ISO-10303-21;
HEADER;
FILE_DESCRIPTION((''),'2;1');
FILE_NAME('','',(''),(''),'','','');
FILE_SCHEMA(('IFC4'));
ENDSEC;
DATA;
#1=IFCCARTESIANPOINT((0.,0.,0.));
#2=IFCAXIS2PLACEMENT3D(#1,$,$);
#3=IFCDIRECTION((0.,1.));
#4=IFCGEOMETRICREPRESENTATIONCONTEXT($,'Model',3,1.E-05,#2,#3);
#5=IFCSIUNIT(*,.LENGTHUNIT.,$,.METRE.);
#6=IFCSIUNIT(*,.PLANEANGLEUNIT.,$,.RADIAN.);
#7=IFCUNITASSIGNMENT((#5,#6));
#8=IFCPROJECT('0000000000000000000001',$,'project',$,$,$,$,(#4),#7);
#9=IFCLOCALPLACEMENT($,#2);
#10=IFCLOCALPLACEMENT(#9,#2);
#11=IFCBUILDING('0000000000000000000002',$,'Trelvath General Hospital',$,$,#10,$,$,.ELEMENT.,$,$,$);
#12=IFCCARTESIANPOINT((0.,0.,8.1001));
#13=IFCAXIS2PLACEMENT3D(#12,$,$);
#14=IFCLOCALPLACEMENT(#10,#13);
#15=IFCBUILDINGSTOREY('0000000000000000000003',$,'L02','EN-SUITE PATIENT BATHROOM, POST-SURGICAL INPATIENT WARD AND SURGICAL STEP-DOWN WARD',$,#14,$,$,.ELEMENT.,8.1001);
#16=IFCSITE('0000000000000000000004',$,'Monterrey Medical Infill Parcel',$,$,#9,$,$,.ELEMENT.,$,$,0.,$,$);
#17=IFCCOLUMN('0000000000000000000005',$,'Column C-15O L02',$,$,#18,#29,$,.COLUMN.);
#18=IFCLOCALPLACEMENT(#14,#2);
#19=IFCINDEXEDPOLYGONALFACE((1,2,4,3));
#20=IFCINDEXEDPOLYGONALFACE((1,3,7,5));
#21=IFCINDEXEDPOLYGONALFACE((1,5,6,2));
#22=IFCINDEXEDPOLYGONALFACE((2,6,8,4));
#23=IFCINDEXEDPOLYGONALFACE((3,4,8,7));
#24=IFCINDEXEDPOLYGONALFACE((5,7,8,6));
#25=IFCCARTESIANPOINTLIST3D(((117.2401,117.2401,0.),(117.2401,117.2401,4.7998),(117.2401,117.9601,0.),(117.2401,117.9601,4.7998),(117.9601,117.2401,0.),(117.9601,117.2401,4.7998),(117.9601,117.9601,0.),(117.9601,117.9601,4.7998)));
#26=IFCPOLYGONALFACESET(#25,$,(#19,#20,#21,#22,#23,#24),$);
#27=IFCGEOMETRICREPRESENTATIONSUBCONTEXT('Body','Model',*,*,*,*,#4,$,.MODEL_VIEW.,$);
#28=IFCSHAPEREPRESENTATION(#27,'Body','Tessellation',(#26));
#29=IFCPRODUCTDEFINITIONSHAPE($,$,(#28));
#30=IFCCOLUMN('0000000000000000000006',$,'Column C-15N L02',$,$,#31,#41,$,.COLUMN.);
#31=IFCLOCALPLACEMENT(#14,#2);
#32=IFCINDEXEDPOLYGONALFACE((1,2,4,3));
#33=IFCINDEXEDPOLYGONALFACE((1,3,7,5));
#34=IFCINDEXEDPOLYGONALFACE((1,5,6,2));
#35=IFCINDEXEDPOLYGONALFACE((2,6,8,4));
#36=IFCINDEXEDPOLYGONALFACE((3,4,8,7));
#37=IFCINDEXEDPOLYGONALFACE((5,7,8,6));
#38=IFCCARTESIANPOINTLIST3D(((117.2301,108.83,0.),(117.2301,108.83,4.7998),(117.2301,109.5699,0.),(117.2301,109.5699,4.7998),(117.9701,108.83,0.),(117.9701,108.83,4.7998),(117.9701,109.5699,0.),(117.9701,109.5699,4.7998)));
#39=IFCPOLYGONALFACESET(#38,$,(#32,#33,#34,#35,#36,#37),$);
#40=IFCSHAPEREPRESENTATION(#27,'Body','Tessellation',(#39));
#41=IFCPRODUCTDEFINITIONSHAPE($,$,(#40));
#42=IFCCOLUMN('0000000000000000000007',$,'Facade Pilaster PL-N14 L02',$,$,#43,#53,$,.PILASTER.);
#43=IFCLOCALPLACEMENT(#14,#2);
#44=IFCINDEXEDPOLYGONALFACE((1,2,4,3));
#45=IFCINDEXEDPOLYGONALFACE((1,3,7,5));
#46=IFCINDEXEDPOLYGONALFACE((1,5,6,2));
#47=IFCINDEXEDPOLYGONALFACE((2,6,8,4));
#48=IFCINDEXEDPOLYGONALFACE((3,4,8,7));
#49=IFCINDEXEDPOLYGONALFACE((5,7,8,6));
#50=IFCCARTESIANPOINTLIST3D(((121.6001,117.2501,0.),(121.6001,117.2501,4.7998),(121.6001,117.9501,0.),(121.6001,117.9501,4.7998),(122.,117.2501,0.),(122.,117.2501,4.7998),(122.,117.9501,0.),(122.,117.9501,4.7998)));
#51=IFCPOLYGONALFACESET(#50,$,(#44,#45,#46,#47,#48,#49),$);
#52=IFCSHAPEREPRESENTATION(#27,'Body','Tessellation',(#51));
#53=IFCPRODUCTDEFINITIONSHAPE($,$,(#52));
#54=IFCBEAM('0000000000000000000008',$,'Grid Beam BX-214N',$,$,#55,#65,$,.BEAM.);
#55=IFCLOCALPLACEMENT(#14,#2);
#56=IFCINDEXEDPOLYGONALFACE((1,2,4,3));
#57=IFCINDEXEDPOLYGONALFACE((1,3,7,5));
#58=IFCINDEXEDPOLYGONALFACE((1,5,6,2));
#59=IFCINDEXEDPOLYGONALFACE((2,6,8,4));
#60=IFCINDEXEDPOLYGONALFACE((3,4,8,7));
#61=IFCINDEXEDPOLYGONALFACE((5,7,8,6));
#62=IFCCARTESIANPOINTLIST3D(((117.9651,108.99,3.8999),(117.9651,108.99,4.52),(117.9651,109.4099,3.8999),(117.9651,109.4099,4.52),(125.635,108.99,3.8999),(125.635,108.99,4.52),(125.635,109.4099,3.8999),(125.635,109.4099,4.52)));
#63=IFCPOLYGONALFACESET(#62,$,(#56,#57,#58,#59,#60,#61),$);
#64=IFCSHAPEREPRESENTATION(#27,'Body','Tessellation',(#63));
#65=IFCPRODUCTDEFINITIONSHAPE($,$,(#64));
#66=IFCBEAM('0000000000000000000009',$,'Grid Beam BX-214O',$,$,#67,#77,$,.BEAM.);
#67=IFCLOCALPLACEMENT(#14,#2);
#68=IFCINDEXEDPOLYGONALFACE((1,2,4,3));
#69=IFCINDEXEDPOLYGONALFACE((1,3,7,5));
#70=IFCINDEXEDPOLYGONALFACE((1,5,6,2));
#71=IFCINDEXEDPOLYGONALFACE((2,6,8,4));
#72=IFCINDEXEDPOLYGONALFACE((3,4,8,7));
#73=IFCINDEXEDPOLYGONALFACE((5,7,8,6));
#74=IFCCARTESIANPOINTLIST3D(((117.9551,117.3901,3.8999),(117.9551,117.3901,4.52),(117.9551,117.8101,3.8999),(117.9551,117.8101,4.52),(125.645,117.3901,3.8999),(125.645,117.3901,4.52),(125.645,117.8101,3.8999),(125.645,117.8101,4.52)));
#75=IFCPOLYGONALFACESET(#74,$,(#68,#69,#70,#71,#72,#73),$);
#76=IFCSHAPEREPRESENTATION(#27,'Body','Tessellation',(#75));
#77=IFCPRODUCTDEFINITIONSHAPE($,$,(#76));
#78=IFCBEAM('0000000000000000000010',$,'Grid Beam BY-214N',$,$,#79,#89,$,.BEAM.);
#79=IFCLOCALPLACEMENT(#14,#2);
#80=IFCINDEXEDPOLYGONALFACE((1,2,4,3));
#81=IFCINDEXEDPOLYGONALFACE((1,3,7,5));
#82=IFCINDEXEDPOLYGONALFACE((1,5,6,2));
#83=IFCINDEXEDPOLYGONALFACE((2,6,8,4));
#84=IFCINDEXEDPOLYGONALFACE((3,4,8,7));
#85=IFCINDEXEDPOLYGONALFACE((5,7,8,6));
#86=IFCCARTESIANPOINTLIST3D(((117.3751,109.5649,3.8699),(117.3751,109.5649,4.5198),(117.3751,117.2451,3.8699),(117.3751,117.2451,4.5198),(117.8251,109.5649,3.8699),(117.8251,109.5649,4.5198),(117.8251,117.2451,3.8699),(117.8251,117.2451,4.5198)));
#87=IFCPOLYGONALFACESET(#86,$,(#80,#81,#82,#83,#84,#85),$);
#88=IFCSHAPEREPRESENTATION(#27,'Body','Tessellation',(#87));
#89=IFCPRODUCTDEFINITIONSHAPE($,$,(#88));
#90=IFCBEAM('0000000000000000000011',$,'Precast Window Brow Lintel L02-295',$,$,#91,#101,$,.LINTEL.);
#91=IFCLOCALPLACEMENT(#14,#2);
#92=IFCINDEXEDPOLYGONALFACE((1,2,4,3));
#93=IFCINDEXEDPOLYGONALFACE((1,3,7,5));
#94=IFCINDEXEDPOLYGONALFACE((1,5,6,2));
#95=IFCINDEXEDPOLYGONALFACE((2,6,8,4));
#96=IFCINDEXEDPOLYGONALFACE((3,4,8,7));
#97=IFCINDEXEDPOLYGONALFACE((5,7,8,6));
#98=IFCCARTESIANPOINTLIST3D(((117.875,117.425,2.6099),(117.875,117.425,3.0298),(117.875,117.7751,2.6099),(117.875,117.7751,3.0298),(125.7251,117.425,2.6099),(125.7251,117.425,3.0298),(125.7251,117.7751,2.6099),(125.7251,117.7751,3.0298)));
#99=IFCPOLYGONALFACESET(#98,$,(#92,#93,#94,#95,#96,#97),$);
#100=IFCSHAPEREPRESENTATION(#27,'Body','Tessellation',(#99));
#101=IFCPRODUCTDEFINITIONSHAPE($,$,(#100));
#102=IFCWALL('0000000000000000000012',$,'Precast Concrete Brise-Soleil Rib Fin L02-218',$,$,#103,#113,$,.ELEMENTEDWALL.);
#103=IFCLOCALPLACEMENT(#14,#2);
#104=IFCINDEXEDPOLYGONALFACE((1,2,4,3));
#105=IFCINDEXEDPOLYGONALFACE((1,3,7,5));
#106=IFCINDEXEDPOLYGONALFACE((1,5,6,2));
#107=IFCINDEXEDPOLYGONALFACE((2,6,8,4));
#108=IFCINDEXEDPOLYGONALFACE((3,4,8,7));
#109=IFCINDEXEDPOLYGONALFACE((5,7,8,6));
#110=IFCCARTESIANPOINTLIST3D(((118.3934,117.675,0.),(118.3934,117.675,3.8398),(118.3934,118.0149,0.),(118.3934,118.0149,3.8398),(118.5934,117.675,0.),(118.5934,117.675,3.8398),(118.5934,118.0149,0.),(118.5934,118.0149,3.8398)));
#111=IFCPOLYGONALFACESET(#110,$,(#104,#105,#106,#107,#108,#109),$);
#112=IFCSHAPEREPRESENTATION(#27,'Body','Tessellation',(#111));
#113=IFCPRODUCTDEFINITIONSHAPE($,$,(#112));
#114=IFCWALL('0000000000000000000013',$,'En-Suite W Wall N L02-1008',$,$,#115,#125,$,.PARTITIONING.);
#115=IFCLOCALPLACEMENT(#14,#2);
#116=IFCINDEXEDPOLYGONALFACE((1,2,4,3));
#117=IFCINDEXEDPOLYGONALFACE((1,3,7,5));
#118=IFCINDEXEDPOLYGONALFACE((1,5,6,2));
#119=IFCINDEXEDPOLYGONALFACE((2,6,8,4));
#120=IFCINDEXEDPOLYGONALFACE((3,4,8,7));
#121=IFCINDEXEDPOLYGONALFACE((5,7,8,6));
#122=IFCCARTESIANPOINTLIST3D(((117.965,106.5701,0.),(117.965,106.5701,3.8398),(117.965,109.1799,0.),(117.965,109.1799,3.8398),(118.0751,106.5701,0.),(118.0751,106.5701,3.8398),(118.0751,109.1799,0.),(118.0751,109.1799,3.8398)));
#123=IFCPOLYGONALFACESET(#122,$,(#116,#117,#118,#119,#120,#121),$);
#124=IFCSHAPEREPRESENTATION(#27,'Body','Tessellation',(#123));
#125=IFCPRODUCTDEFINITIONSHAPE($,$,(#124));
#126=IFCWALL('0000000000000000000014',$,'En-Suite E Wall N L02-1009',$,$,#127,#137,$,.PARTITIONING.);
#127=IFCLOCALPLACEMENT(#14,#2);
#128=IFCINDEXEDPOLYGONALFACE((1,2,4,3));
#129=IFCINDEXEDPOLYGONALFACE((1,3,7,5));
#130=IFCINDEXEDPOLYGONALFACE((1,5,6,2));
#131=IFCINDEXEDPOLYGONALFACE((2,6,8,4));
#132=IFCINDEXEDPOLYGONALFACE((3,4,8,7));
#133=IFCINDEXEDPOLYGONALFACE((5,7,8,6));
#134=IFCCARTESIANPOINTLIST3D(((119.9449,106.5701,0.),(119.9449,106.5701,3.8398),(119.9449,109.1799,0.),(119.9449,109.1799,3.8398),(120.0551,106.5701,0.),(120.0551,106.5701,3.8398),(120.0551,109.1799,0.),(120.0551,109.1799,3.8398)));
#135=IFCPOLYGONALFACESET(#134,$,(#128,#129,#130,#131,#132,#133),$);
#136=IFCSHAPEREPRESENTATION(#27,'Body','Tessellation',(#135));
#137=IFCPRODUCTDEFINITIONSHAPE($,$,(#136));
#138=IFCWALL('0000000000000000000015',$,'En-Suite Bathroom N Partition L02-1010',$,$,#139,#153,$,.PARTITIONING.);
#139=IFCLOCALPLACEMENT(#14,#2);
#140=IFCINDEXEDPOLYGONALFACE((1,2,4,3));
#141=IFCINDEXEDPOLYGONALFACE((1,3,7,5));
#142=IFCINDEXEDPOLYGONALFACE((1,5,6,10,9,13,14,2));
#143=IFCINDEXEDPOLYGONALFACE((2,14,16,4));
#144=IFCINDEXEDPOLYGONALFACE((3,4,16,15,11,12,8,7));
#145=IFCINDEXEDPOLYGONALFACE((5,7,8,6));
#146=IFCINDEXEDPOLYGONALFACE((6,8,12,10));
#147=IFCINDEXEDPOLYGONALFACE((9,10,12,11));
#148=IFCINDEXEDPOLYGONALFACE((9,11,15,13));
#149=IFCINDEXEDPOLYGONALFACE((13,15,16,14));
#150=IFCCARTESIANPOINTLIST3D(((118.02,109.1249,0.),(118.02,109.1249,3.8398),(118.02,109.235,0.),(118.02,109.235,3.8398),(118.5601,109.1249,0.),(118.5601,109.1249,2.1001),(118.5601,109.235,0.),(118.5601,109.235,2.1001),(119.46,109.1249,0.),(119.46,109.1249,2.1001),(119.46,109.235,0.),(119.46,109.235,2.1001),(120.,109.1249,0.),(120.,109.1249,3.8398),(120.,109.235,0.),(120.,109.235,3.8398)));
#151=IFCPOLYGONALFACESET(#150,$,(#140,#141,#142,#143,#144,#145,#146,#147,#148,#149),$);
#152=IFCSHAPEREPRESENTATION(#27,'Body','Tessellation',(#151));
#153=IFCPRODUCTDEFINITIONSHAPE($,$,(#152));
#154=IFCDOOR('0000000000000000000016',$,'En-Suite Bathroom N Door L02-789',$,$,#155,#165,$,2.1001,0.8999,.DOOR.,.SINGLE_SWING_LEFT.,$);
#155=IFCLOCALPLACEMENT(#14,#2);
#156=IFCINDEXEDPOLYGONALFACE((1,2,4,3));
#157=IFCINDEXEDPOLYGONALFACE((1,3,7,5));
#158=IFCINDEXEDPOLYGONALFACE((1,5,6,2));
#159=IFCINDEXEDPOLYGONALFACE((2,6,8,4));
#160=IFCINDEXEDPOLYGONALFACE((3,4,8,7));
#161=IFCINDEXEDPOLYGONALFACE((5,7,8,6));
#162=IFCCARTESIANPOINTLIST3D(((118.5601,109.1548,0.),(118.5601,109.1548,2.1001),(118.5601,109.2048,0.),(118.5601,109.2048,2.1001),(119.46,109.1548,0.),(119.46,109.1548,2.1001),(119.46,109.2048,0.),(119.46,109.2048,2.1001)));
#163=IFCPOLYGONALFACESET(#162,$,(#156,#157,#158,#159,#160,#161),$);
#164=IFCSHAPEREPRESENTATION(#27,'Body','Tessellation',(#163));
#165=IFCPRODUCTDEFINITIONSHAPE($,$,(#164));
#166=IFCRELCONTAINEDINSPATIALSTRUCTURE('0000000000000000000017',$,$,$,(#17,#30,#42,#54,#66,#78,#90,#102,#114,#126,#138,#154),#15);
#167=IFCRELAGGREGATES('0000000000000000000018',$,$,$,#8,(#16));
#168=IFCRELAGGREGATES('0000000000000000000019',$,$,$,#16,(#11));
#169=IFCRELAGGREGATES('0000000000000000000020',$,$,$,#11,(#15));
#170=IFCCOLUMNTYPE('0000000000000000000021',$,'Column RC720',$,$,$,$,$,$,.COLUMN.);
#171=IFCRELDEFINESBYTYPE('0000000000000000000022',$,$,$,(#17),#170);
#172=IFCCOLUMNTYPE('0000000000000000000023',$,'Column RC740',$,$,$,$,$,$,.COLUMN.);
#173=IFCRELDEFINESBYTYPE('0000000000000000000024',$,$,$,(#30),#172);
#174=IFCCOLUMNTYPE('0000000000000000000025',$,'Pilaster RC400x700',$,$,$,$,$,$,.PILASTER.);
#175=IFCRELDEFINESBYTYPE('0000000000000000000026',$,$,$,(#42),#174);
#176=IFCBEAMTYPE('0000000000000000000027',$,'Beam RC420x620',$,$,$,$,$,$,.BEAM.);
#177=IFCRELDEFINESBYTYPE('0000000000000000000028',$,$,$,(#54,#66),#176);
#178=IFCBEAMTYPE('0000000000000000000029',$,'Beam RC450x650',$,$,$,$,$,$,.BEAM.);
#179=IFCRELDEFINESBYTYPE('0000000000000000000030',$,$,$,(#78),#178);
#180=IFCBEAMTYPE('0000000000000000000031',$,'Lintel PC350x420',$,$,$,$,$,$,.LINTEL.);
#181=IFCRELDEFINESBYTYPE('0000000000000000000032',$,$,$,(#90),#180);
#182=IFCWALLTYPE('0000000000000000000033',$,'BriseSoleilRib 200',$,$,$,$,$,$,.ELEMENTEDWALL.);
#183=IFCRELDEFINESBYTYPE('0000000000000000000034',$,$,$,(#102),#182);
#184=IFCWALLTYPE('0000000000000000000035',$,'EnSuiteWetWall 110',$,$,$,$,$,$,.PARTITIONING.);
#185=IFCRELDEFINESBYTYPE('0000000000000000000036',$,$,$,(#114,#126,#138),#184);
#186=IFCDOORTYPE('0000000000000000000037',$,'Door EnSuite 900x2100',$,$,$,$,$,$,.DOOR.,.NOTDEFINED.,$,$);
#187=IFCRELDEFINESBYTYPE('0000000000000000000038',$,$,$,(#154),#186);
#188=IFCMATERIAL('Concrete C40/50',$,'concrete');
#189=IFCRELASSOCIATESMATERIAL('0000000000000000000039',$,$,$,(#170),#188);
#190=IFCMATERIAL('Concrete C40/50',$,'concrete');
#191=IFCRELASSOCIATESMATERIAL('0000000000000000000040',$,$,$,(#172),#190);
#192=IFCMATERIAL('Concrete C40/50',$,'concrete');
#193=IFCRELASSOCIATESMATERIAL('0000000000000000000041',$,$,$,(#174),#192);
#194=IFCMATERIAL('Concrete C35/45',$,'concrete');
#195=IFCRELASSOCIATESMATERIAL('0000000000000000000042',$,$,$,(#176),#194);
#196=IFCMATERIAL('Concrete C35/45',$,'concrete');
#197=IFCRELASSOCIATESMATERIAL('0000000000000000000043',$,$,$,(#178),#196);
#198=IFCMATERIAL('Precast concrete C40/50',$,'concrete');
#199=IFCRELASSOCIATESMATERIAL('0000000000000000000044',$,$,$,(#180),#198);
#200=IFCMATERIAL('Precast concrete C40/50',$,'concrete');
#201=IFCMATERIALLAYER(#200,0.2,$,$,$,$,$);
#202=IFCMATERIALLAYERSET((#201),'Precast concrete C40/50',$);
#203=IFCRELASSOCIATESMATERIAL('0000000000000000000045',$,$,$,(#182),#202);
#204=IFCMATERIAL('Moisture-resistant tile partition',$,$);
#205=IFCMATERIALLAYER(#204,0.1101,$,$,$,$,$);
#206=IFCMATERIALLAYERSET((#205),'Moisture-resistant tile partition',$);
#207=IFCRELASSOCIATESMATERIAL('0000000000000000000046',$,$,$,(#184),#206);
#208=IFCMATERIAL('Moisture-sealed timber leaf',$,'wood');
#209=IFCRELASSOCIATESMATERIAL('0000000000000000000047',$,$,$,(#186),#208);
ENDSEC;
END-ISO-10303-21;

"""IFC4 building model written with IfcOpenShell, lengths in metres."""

from ifc_helpers import new_model, si_unit, direction, frame, frame_2d, origin, origin_2d, place, context, subcontext, project, spatial, rectangle, extrude, material, layer, layer_set, material_profile, profile_set, type_object, element, fill, save


model = new_model("IFC4")

# Units and contexts
model_context = context("Model", 3, precision=1e-05, world=origin(), true_north=direction((0.0, 1.0)))
body_context = subcontext(model_context, "Body", "Model", "MODEL_VIEW")
ifc_project = project(units=[si_unit("LENGTHUNIT", "METRE"), si_unit("PLANEANGLEUNIT", "RADIAN")], contexts=[model_context])

# Site, building, storey
site_placement = place(None, origin())
site = spatial("IfcSite", under=ifc_project, at=site_placement, Name="Monterrey Medical Infill Parcel", CompositionType="ELEMENT", RefElevation=0.0)
building_placement = place(site_placement, origin())
building = spatial("IfcBuilding", under=site, at=building_placement, Name="Trelvath General Hospital", CompositionType="ELEMENT")
storey_placement = place(building_placement, frame((0.0, 0.0, 8.1001)))
storey = spatial("IfcBuildingStorey", under=building, at=storey_placement, Name="L02", Description="EN-SUITE PATIENT BATHROOM, POST-SURGICAL INPATIENT WARD AND SURGICAL STEP-DOWN WARD", CompositionType="ELEMENT", Elevation=8.1001)

# Columns
ifc_material_1 = material(Name="Concrete C40/50", Category="concrete")
ifc_material_profile_1 = material_profile(ifc_material_1, rectangle(XDim=0.72, YDim=0.72, at=origin_2d()), Name="RC720x720")
ifc_profile_set_1 = profile_set([ifc_material_profile_1], Name="Concrete C40/50")
column_type_1 = type_object("IfcColumnType", Name="Column RC720", PredefinedType="COLUMN", material=ifc_profile_set_1)
column_1_placement = place(storey_placement, frame((117.6001, 117.6001, 0.0), z_axis=(0.0, 0.0, 1.0), x_axis=(1.0, 0.0, 0.0)))
element("IfcColumn", 1, at=column_1_placement, inside=storey, type_object=column_type_1, Name="Column C-15O L02", PredefinedType="COLUMN", context=body_context, shape_type="SweptSolid", body=[
    extrude(rectangle(XDim=0.72, YDim=0.72, at=origin_2d()), origin(), (0.0, 0.0, 1.0), 4.7998),
])
ifc_material_2 = material(Name="Concrete C40/50", Category="concrete")
ifc_material_profile_2 = material_profile(ifc_material_2, rectangle(XDim=0.74, YDim=0.74, at=origin_2d()), Name="RC740x740")
ifc_profile_set_2 = profile_set([ifc_material_profile_2], Name="Concrete C40/50")
column_type_2 = type_object("IfcColumnType", Name="Column RC740", PredefinedType="COLUMN", material=ifc_profile_set_2)
column_2_placement = place(storey_placement, frame((117.6001, 109.2, 0.0), z_axis=(0.0, 0.0, 1.0), x_axis=(1.0, 0.0, 0.0)))
element("IfcColumn", 2, at=column_2_placement, inside=storey, type_object=column_type_2, Name="Column C-15N L02", PredefinedType="COLUMN", context=body_context, shape_type="SweptSolid", body=[
    extrude(rectangle(XDim=0.74, YDim=0.74, at=origin_2d()), origin(), (0.0, 0.0, 1.0), 4.7998),
])
ifc_material_3 = material(Name="Concrete C40/50", Category="concrete")
ifc_material_profile_3 = material_profile(ifc_material_3, rectangle(XDim=0.3999, YDim=0.7, at=origin_2d()), Name="RC400x700")
ifc_profile_set_3 = profile_set([ifc_material_profile_3], Name="Concrete C40/50")
column_type_3 = type_object("IfcColumnType", Name="Pilaster RC400x700", PredefinedType="PILASTER", material=ifc_profile_set_3)
column_3_placement = place(storey_placement, frame((121.8, 117.6001, 0.0), z_axis=(0.0, 0.0, 1.0), x_axis=(1.0, 0.0, 0.0)))
element("IfcColumn", 3, at=column_3_placement, inside=storey, type_object=column_type_3, Name="Facade Pilaster PL-N14 L02", PredefinedType="PILASTER", context=body_context, shape_type="SweptSolid", body=[
    extrude(rectangle(XDim=0.3999, YDim=0.7, at=origin_2d()), origin(), (0.0, 0.0, 1.0), 4.7998),
])

# Beams
ifc_material_4 = material(Name="Concrete C35/45", Category="concrete")
ifc_material_profile_4 = material_profile(ifc_material_4, rectangle(XDim=0.4199, YDim=0.6201, at=origin_2d()), Name="RCB420x620")
ifc_profile_set_4 = profile_set([ifc_material_profile_4], Name="Concrete C35/45")
beam_type_1 = type_object("IfcBeamType", Name="Beam RC420x620", PredefinedType="BEAM", material=ifc_profile_set_4)
beam_1_placement = place(storey_placement, frame((117.9651, 109.2, 4.21), z_axis=(1.0, 0.0, 0.0), x_axis=(0.0, 1.0, 0.0)))
element("IfcBeam", 4, at=beam_1_placement, inside=storey, type_object=beam_type_1, Name="Grid Beam BX-214N", PredefinedType="BEAM", context=body_context, shape_type="SweptSolid", body=[
    extrude(rectangle(XDim=0.4199, YDim=0.6201, at=origin_2d()), origin(), (0.0, 0.0, 1.0), 7.6699),
])
beam_2_placement = place(storey_placement, frame((117.9551, 117.6001, 4.21), z_axis=(1.0, 0.0, 0.0), x_axis=(0.0, 1.0, 0.0)))
element("IfcBeam", 5, at=beam_2_placement, inside=storey, type_object=beam_type_1, Name="Grid Beam BX-214O", PredefinedType="BEAM", context=body_context, shape_type="SweptSolid", body=[
    extrude(rectangle(XDim=0.4199, YDim=0.6201, at=origin_2d()), origin(), (0.0, 0.0, 1.0), 7.6899),
])
ifc_material_5 = material(Name="Concrete C35/45", Category="concrete")
ifc_material_profile_5 = material_profile(ifc_material_5, rectangle(XDim=0.45, YDim=0.6499, at=origin_2d()), Name="RCB450x650")
ifc_profile_set_5 = profile_set([ifc_material_profile_5], Name="Concrete C35/45")
beam_type_2 = type_object("IfcBeamType", Name="Beam RC450x650", PredefinedType="BEAM", material=ifc_profile_set_5)
beam_3_placement = place(storey_placement, frame((117.6001, 109.5649, 4.1948), z_axis=(0.0, 1.0, 0.0), x_axis=(-1.0, 0.0, 0.0)))
element("IfcBeam", 6, at=beam_3_placement, inside=storey, type_object=beam_type_2, Name="Grid Beam BY-214N", PredefinedType="BEAM", context=body_context, shape_type="SweptSolid", body=[
    extrude(rectangle(XDim=0.45, YDim=0.6499, at=origin_2d()), origin(), (0.0, 0.0, 1.0), 7.6802),
])
ifc_material_6 = material(Name="Precast concrete C40/50", Category="concrete")
ifc_material_profile_6 = material_profile(ifc_material_6, rectangle(XDim=0.3501, YDim=0.4199, at=origin_2d()), Name="PCL350x420")
ifc_profile_set_6 = profile_set([ifc_material_profile_6], Name="Precast concrete C40/50")
beam_type_3 = type_object("IfcBeamType", Name="Lintel PC350x420", PredefinedType="LINTEL", material=ifc_profile_set_6)
beam_4_placement = place(storey_placement, frame((117.875, 117.6001, 2.8198), z_axis=(1.0, 0.0, 0.0), x_axis=(0.0, 1.0, 0.0)))
element("IfcBeam", 7, at=beam_4_placement, inside=storey, type_object=beam_type_3, Name="Precast Window Brow Lintel L02-295", PredefinedType="LINTEL", context=body_context, shape_type="SweptSolid", body=[
    extrude(rectangle(XDim=0.3501, YDim=0.4199, at=origin_2d()), origin(), (0.0, 0.0, 1.0), 7.8501),
])

# Walls
ifc_material_7 = material(Name="Precast concrete C40/50", Category="concrete")
ifc_layer_1 = layer(ifc_material_7, 0.2)
ifc_layer_set_1 = layer_set([ifc_layer_1], Name="Precast concrete C40/50")
wall_type_1 = type_object("IfcWallType", Name="BriseSoleilRib 200", PredefinedType="ELEMENTEDWALL", material=ifc_layer_set_1)
wall_1_placement = place(storey_placement, frame((118.4934, 117.675, 0.0), z_axis=(0.0, 0.0, 1.0), x_axis=(0.0, 1.0, 0.0)))
element("IfcWall", 8, at=wall_1_placement, inside=storey, type_object=wall_type_1, Name="Precast Concrete Brise-Soleil Rib Fin L02-218", PredefinedType="ELEMENTEDWALL", context=body_context, shape_type="SweptSolid", body=[
    extrude(rectangle(XDim=0.3398, YDim=0.2, at=frame_2d((0.1699, 0.0))), origin(), (0.0, 0.0, 1.0), 3.8398),
])
ifc_material_8 = material(Name="Moisture-resistant tile partition")
ifc_layer_2 = layer(ifc_material_8, 0.1101)
ifc_layer_set_2 = layer_set([ifc_layer_2], Name="Moisture-resistant tile partition")
wall_type_2 = type_object("IfcWallType", Name="EnSuiteWetWall 110", PredefinedType="PARTITIONING", material=ifc_layer_set_2)
for number, where, z_axis, x_axis, name in (
    (9, (118.02, 106.5701, 0.0), (0.0, 0.0, 1.0), (0.0, 1.0, 0.0), "En-Suite W Wall N L02-1008"),
    (10, (120.0, 106.5701, 0.0), (0.0, 0.0, 1.0), (0.0, 1.0, 0.0), "En-Suite E Wall N L02-1009"),
):
    element("IfcWall", number, at=place(storey_placement, frame(where, z_axis=z_axis, x_axis=x_axis)), inside=storey, type_object=wall_type_2, Name=name, PredefinedType="PARTITIONING", context=body_context, shape_type="SweptSolid", body=[
        extrude(rectangle(XDim=2.6099, YDim=0.1101, at=frame_2d((1.3049, 0.0))), origin(), (0.0, 0.0, 1.0), 3.8398),
    ])

# Wall, opening, door
wall_2_placement = place(storey_placement, frame((118.02, 109.1799, 0.0), z_axis=(0.0, 0.0, 1.0), x_axis=(1.0, 0.0, 0.0)))
wall_2 = element("IfcWall", 11, at=wall_2_placement, inside=storey, type_object=wall_type_2, Name="En-Suite Bathroom N Partition L02-1010", PredefinedType="PARTITIONING", context=body_context, shape_type="SweptSolid", body=[
    extrude(rectangle(XDim=1.98, YDim=0.1101, at=frame_2d((0.99, 0.0))), origin(), (0.0, 0.0, 1.0), 3.8398),
])
opening_1_placement = place(wall_2_placement, frame((0.54, 0.0, 0.0)))
opening_1 = element("IfcOpeningElement", 12, at=opening_1_placement, cuts=wall_2, PredefinedType="OPENING", context=body_context, shape_type="SweptSolid", body=[
    extrude(rectangle(XDim=0.8999, YDim=2.1001, at=frame_2d((0.45, 1.05))), frame((0.0, 0.0649, 0.0), z_axis=(0.0, -1.0, 0.0), x_axis=(1.0, 0.0, 0.0)), (0.0, 0.0, 1.0), 0.1301),
])
ifc_material_9 = material(Name="Moisture-sealed timber leaf", Category="wood")
door_type = type_object("IfcDoorType", Name="Door EnSuite 900x2100", OperationType="NOTDEFINED", PredefinedType="DOOR", material=ifc_material_9)
door_placement = place(opening_1_placement, origin())
door = element("IfcDoor", 13, at=door_placement, inside=storey, type_object=door_type, Name="En-Suite Bathroom N Door L02-789", OperationType="SINGLE_SWING_LEFT", OverallHeight=2.1001, OverallWidth=0.8999, PredefinedType="DOOR", context=body_context, shape_type="SweptSolid", body=[
    extrude(rectangle(XDim=0.8999, YDim=2.1001, at=frame_2d((0.45, 1.05))), frame((0.0, 0.0249, 0.0), z_axis=(0.0, -1.0, 0.0), x_axis=(1.0, 0.0, 0.0)), (0.0, 0.0, 1.0), 0.05),
])
fill(opening_1, door)

save(model, "model.ifc")
